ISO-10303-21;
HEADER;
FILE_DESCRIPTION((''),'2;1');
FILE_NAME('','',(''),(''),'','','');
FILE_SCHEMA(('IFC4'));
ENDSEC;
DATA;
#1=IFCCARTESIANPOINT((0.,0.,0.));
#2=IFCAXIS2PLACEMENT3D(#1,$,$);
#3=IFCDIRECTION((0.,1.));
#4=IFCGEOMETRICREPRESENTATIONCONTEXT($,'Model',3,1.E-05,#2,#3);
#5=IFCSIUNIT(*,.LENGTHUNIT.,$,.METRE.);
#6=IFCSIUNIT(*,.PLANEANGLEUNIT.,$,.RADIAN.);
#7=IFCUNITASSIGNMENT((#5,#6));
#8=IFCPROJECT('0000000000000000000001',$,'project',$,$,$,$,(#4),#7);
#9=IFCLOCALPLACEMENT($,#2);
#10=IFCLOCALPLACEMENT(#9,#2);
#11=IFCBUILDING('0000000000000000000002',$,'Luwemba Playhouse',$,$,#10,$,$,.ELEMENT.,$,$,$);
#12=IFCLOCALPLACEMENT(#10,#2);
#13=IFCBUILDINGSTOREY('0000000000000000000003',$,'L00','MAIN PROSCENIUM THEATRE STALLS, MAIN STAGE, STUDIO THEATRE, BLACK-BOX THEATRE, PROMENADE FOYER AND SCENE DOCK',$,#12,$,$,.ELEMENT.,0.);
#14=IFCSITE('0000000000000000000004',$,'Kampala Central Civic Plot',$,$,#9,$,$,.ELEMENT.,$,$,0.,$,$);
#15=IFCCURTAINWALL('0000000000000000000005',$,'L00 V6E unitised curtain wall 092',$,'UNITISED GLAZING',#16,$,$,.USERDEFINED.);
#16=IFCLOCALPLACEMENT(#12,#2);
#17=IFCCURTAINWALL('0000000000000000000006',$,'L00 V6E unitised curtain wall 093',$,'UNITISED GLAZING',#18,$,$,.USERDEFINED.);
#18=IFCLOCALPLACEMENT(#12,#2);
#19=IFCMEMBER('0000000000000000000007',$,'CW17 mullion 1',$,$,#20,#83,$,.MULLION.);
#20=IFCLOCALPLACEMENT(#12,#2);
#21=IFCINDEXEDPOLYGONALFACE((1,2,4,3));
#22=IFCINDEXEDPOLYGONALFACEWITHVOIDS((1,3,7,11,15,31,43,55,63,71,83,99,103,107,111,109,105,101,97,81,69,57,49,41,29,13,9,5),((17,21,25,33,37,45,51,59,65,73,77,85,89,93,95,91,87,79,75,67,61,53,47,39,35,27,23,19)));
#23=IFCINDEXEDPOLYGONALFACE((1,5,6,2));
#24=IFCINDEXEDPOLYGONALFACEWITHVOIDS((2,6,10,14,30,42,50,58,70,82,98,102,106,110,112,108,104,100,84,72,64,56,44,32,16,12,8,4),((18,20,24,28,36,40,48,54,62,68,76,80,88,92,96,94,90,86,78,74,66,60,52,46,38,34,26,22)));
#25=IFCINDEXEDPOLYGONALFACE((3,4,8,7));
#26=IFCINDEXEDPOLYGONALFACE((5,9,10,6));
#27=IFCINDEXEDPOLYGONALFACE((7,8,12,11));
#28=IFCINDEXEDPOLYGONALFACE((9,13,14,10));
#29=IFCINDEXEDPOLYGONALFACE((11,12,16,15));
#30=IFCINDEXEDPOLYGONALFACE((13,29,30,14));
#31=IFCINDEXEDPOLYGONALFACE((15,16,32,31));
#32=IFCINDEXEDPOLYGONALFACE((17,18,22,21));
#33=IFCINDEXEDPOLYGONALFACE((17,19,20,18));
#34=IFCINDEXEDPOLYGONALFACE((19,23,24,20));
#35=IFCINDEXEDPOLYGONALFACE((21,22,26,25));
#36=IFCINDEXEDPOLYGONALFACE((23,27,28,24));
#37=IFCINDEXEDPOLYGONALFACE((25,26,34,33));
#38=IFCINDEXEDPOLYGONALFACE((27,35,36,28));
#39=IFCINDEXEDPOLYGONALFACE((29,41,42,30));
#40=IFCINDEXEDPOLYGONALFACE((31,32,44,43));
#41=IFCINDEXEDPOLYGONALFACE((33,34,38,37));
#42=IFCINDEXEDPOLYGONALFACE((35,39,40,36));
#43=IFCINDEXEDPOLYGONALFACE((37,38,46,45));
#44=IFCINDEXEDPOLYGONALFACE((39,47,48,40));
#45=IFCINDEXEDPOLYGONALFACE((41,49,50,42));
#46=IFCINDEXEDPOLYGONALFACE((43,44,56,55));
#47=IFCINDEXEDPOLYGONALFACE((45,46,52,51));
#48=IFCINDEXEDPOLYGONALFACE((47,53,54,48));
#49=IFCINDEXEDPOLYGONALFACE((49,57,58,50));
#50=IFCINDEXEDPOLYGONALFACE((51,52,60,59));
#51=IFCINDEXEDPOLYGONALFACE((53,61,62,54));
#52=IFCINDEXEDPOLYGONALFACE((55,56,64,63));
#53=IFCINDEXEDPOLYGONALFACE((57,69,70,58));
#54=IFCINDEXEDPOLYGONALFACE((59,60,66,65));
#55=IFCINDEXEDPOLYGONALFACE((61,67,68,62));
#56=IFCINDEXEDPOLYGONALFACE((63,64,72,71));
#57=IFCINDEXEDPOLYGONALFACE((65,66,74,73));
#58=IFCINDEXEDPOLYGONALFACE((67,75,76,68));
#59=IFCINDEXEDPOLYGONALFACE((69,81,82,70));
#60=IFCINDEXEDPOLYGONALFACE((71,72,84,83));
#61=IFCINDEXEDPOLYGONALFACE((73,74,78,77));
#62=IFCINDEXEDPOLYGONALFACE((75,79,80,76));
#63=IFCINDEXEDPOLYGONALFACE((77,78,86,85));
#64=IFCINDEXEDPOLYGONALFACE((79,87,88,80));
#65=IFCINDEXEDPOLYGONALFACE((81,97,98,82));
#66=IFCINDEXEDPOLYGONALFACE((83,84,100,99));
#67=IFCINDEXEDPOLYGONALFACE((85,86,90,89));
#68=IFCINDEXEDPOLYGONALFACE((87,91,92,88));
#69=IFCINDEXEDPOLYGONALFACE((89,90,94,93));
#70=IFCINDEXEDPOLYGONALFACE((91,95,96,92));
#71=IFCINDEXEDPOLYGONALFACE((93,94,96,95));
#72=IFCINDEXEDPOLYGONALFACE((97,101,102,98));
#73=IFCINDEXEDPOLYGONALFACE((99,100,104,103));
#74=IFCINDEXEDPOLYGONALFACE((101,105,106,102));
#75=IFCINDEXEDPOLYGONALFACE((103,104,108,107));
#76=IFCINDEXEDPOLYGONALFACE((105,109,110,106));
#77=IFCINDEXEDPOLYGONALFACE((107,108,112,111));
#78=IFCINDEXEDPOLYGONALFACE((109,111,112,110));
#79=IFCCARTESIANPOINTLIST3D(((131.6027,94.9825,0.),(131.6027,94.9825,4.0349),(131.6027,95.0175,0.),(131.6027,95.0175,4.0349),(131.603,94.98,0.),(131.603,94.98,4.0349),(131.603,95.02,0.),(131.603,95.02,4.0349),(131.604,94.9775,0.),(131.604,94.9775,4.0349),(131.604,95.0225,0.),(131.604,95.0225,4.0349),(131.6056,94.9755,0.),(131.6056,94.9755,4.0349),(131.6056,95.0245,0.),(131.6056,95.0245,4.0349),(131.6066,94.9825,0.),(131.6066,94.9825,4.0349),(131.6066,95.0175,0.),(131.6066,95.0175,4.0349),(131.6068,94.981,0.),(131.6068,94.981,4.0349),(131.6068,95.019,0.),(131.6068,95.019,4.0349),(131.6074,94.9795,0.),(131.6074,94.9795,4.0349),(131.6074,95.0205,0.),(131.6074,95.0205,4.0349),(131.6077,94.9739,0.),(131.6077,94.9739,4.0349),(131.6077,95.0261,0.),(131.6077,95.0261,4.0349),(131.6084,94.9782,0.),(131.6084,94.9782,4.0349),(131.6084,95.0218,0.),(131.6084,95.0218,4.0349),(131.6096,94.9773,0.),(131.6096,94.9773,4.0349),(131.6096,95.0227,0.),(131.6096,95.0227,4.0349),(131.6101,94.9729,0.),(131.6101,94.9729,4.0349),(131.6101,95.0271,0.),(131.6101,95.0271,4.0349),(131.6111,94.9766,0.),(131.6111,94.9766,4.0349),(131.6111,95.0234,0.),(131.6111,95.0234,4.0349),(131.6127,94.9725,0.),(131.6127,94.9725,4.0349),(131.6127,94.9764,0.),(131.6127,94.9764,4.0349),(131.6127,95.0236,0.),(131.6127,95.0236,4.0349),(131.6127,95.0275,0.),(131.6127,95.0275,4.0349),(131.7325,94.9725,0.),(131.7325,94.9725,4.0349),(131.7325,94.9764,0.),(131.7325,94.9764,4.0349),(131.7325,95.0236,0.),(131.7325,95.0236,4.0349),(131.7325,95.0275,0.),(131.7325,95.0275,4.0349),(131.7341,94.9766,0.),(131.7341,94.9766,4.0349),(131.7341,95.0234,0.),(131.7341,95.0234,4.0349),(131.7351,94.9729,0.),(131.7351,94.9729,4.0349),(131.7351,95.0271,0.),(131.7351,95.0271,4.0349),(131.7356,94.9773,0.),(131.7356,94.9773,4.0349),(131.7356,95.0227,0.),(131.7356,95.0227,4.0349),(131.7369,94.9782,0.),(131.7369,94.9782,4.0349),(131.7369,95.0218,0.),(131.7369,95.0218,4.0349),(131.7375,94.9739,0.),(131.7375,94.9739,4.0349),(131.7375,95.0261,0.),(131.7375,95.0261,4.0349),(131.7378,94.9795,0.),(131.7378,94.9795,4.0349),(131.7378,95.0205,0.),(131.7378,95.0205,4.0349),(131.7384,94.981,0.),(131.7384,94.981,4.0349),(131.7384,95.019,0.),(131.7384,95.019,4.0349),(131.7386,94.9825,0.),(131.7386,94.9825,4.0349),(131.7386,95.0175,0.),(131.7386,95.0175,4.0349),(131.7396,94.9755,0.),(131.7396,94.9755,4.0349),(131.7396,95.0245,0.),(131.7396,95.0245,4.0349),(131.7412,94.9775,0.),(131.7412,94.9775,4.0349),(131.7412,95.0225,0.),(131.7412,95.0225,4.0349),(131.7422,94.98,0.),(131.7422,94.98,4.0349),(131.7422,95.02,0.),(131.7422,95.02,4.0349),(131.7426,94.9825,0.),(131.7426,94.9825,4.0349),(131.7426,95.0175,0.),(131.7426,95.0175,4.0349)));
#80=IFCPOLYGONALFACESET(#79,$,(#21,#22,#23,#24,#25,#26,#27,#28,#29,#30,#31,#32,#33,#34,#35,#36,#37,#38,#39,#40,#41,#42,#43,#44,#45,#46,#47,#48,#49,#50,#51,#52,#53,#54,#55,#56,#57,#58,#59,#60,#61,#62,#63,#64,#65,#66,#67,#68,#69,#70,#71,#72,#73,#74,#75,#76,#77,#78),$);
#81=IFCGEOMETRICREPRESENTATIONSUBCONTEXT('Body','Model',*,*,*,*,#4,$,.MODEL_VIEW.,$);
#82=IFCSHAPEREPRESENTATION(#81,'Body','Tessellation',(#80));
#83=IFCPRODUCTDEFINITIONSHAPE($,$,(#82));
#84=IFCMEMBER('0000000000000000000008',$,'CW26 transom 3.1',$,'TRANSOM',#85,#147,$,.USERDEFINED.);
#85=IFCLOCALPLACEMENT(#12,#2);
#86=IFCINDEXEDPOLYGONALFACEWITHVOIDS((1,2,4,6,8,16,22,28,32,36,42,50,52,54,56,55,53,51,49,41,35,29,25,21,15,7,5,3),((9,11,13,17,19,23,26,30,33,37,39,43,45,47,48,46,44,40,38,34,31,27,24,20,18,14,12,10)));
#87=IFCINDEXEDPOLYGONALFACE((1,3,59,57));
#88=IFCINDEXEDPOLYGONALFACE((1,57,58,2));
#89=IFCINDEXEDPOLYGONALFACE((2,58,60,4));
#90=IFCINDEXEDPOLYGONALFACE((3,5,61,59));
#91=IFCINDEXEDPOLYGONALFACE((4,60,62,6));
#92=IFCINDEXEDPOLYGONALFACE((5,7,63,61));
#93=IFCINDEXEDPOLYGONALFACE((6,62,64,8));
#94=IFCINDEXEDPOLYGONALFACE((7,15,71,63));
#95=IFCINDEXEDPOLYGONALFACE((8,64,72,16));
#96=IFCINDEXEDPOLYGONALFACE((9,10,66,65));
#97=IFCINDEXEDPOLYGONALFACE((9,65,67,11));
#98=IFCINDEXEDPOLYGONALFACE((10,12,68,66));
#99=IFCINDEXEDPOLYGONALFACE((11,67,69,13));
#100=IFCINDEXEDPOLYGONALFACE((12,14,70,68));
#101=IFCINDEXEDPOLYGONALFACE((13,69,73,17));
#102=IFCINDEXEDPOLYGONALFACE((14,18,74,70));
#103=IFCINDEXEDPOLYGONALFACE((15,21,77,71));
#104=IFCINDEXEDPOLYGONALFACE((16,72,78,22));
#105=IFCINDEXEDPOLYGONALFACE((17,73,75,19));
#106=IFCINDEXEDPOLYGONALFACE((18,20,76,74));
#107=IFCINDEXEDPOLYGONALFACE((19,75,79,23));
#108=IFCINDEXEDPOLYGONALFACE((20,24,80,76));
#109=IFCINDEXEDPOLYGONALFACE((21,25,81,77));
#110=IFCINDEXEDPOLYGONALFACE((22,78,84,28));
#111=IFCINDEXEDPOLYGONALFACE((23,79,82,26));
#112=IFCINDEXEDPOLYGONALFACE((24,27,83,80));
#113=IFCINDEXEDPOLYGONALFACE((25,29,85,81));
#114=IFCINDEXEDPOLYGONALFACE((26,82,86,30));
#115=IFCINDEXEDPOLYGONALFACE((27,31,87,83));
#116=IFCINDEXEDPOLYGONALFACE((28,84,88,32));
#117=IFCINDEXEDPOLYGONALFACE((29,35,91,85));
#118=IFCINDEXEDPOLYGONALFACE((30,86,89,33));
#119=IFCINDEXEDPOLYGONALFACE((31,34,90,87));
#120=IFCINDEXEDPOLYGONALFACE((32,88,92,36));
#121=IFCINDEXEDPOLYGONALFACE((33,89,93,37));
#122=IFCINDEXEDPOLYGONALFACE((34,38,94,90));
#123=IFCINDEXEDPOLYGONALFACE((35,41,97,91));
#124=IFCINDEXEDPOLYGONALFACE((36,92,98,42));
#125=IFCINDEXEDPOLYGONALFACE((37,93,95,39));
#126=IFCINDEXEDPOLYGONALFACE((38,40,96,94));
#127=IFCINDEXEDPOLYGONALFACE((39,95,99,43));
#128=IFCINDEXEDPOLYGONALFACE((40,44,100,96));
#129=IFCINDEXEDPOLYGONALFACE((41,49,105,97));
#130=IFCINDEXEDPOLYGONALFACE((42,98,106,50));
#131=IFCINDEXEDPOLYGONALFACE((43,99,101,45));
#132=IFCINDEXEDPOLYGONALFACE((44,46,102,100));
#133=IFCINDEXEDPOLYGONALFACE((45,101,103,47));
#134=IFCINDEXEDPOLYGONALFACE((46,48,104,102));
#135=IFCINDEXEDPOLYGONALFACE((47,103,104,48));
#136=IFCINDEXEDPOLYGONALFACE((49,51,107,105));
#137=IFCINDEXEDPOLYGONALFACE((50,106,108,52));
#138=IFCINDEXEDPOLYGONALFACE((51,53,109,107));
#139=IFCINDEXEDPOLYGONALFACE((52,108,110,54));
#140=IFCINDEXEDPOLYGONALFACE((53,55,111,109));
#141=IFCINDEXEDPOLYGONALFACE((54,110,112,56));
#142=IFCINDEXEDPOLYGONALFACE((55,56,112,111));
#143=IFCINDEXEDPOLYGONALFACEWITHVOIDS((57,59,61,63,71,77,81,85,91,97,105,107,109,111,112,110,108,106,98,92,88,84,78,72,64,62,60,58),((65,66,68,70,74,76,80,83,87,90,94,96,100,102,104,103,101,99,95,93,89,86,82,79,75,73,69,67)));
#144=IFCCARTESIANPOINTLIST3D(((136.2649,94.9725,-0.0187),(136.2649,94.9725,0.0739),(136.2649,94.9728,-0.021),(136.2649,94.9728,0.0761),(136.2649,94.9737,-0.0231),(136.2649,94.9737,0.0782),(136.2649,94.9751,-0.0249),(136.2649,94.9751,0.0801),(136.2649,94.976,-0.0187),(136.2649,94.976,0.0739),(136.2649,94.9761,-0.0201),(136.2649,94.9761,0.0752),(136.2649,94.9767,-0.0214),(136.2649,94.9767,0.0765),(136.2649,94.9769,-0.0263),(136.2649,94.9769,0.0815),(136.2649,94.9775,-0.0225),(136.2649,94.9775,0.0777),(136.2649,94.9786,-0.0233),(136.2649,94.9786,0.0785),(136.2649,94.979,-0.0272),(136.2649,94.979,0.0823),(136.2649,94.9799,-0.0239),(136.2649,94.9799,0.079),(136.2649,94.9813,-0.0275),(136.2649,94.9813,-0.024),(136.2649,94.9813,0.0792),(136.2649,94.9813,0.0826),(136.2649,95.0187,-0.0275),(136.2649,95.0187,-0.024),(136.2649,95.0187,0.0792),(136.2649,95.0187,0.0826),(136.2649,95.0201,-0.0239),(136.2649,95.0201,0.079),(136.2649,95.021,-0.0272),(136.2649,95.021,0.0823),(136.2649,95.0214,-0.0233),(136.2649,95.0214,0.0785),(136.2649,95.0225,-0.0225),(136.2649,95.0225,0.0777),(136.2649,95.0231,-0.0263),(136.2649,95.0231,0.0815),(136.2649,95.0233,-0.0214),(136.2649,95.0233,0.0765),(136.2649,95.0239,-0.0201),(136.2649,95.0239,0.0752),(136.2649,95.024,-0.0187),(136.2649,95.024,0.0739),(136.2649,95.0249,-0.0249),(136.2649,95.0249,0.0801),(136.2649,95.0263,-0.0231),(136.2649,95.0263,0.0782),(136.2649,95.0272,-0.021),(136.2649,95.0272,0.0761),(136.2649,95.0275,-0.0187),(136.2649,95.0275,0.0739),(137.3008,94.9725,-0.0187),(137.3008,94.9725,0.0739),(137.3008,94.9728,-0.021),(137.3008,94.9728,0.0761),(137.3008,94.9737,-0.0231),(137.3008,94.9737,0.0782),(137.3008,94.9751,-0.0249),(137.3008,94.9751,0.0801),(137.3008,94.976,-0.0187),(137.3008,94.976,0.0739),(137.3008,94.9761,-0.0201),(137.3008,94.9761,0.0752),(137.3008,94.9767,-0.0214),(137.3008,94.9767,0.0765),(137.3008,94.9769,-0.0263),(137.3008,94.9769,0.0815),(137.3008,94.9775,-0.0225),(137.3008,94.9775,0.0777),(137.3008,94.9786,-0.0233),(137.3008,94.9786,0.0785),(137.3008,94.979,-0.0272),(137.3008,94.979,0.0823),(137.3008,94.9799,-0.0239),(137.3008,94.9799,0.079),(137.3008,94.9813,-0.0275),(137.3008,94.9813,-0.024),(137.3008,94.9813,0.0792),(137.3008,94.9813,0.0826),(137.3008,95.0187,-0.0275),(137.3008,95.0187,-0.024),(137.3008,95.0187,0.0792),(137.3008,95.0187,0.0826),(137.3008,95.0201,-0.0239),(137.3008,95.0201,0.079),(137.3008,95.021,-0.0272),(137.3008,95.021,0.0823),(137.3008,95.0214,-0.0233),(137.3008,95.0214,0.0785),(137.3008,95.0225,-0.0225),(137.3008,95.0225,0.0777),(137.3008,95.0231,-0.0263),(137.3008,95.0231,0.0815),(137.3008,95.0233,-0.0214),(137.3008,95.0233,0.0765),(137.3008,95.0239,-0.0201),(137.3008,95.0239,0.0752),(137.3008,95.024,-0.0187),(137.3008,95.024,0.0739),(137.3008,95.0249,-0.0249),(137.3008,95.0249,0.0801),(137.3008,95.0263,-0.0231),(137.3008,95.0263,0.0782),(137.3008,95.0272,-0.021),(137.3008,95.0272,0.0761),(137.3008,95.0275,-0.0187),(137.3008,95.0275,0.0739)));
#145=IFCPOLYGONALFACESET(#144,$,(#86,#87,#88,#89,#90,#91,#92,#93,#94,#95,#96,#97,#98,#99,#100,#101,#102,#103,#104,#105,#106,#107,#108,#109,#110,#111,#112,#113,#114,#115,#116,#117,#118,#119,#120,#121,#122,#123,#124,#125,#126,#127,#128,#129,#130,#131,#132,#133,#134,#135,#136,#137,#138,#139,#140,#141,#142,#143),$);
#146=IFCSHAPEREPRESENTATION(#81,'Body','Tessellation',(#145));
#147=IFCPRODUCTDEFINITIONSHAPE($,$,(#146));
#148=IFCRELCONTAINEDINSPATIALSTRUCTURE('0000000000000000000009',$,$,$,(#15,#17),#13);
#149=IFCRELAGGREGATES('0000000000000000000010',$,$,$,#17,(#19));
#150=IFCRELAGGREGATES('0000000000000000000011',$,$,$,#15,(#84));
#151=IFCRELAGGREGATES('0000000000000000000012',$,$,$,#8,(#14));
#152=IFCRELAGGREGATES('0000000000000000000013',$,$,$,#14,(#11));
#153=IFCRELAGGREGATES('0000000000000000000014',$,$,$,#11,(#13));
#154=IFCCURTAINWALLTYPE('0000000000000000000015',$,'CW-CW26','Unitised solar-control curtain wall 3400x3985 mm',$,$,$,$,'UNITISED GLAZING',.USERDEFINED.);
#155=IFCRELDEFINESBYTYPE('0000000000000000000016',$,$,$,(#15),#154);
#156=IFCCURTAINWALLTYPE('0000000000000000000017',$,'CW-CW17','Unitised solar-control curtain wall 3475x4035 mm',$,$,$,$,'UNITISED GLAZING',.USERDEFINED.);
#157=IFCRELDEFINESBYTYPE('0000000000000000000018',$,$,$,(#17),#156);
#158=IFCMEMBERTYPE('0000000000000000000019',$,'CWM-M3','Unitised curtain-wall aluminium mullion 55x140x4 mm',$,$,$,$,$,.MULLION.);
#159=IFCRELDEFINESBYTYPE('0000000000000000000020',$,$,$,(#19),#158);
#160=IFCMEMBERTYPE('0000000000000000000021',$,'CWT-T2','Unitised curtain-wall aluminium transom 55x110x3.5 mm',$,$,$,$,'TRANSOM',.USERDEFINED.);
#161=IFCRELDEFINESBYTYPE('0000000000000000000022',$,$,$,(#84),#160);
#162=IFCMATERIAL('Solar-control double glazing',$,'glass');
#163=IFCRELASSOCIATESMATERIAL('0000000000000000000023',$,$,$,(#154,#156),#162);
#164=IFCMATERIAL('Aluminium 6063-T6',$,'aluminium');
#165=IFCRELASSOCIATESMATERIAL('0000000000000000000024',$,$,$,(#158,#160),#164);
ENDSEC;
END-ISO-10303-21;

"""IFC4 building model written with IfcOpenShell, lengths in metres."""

from ifc_helpers import new_model, si_unit, direction, frame, origin, origin_2d, place, context, subcontext, project, spatial, hollow_rectangle, extrude, material, material_profile, profile_set, type_object, element, aggregate, save


model = new_model("IFC4")

# Units and contexts
model_context = context("Model", 3, precision=1e-05, world=origin(), true_north=direction((0.0, 1.0)))
body_context = subcontext(model_context, "Body", "Model", "MODEL_VIEW")
ifc_project = project(units=[si_unit("LENGTHUNIT", "METRE"), si_unit("PLANEANGLEUNIT", "RADIAN")], contexts=[model_context])

# Site, building, storey
site_placement = place(None, origin())
site = spatial("IfcSite", under=ifc_project, at=site_placement, Name="Kampala Central Civic Plot", CompositionType="ELEMENT", RefElevation=0.0)
building_placement = place(site_placement, origin())
building = spatial("IfcBuilding", under=site, at=building_placement, Name="Luwemba Playhouse", CompositionType="ELEMENT")
storey_placement = place(building_placement, origin())
storey = spatial("IfcBuildingStorey", under=building, at=storey_placement, Name="L00", Description="MAIN PROSCENIUM THEATRE STALLS, MAIN STAGE, STUDIO THEATRE, BLACK-BOX THEATRE, PROMENADE FOYER AND SCENE DOCK", CompositionType="ELEMENT", Elevation=0.0)

# Curtain wall
ifc_material_1 = material(Name="Solar-control double glazing", Category="glass")
curtain_wall_type_1 = type_object("IfcCurtainWallType", Name="CW-CW26", Description="Unitised solar-control curtain wall 3400x3985 mm", ElementType="UNITISED GLAZING", PredefinedType="USERDEFINED", material=ifc_material_1)
curtain_wall_1_placement = place(storey_placement, origin())
curtain_wall_1 = element("IfcCurtainWall", 1, at=curtain_wall_1_placement, inside=storey, type_object=curtain_wall_type_1, Name="L00 V6E unitised curtain wall 092", ObjectType="UNITISED GLAZING", PredefinedType="USERDEFINED")
ifc_material_2 = material(Name="Aluminium 6063-T6", Category="aluminium")

# Curtain wall, member
curtain_wall_type_2 = type_object("IfcCurtainWallType", Name="CW-CW17", Description="Unitised solar-control curtain wall 3475x4035 mm", ElementType="UNITISED GLAZING", PredefinedType="USERDEFINED", material=ifc_material_1)
curtain_wall_2_placement = place(storey_placement, origin())
curtain_wall_2 = element("IfcCurtainWall", 2, at=curtain_wall_2_placement, inside=storey, type_object=curtain_wall_type_2, Name="L00 V6E unitised curtain wall 093", ObjectType="UNITISED GLAZING", PredefinedType="USERDEFINED")
ifc_material_profile_1 = material_profile(ifc_material_2, hollow_rectangle(XDim=0.0549, YDim=0.1399, WallThickness=0.0039, InnerFilletRadius=0.0061, OuterFilletRadius=0.01, at=origin_2d()))
ifc_profile_set_1 = profile_set([ifc_material_profile_1], Name="Aluminium 6063-T6")
member_type_1 = type_object("IfcMemberType", Name="CWM-M3", Description="Unitised curtain-wall aluminium mullion 55x140x4 mm", PredefinedType="MULLION", material=ifc_profile_set_1)
member_1_placement = place(storey_placement, frame((131.6726, 95.0, 0.0), z_axis=(0.0, 0.0, 1.0), x_axis=(0.0, -1.0, 0.0)))
member_1 = element("IfcMember", 3, at=member_1_placement, type_object=member_type_1, Name="CW17 mullion 1", PredefinedType="MULLION", context=body_context, shape_type="SweptSolid", body=[
    extrude(hollow_rectangle(XDim=0.0549, YDim=0.1399, WallThickness=0.0039, InnerFilletRadius=0.0061, OuterFilletRadius=0.01, at=origin_2d()), origin(), (0.0, 0.0, 1.0), 4.0349),
])
aggregate(curtain_wall_2, [member_1])

# Member
ifc_material_profile_2 = material_profile(ifc_material_2, hollow_rectangle(XDim=0.0549, YDim=0.1101, WallThickness=0.0034, InnerFilletRadius=0.0054, OuterFilletRadius=0.0088, at=origin_2d()))
ifc_profile_set_2 = profile_set([ifc_material_profile_2], Name="Aluminium 6063-T6")
member_type_2 = type_object("IfcMemberType", Name="CWT-T2", Description="Unitised curtain-wall aluminium transom 55x110x3.5 mm", ElementType="TRANSOM", PredefinedType="USERDEFINED", material=ifc_profile_set_2)
member_2_placement = place(storey_placement, frame((137.3008, 95.0, 0.0276), z_axis=(-1.0, 0.0, 0.0), x_axis=(0.0, -1.0, 0.0)))
member_2 = element("IfcMember", 4, at=member_2_placement, type_object=member_type_2, Name="CW26 transom 3.1", ObjectType="TRANSOM", PredefinedType="USERDEFINED", context=body_context, shape_type="SweptSolid", body=[
    extrude(hollow_rectangle(XDim=0.0549, YDim=0.1101, WallThickness=0.0034, InnerFilletRadius=0.0054, OuterFilletRadius=0.0088, at=origin_2d()), origin(), (0.0, 0.0, 1.0), 1.0359),
])

aggregate(curtain_wall_1, [member_2])

save(model, "model.ifc")
